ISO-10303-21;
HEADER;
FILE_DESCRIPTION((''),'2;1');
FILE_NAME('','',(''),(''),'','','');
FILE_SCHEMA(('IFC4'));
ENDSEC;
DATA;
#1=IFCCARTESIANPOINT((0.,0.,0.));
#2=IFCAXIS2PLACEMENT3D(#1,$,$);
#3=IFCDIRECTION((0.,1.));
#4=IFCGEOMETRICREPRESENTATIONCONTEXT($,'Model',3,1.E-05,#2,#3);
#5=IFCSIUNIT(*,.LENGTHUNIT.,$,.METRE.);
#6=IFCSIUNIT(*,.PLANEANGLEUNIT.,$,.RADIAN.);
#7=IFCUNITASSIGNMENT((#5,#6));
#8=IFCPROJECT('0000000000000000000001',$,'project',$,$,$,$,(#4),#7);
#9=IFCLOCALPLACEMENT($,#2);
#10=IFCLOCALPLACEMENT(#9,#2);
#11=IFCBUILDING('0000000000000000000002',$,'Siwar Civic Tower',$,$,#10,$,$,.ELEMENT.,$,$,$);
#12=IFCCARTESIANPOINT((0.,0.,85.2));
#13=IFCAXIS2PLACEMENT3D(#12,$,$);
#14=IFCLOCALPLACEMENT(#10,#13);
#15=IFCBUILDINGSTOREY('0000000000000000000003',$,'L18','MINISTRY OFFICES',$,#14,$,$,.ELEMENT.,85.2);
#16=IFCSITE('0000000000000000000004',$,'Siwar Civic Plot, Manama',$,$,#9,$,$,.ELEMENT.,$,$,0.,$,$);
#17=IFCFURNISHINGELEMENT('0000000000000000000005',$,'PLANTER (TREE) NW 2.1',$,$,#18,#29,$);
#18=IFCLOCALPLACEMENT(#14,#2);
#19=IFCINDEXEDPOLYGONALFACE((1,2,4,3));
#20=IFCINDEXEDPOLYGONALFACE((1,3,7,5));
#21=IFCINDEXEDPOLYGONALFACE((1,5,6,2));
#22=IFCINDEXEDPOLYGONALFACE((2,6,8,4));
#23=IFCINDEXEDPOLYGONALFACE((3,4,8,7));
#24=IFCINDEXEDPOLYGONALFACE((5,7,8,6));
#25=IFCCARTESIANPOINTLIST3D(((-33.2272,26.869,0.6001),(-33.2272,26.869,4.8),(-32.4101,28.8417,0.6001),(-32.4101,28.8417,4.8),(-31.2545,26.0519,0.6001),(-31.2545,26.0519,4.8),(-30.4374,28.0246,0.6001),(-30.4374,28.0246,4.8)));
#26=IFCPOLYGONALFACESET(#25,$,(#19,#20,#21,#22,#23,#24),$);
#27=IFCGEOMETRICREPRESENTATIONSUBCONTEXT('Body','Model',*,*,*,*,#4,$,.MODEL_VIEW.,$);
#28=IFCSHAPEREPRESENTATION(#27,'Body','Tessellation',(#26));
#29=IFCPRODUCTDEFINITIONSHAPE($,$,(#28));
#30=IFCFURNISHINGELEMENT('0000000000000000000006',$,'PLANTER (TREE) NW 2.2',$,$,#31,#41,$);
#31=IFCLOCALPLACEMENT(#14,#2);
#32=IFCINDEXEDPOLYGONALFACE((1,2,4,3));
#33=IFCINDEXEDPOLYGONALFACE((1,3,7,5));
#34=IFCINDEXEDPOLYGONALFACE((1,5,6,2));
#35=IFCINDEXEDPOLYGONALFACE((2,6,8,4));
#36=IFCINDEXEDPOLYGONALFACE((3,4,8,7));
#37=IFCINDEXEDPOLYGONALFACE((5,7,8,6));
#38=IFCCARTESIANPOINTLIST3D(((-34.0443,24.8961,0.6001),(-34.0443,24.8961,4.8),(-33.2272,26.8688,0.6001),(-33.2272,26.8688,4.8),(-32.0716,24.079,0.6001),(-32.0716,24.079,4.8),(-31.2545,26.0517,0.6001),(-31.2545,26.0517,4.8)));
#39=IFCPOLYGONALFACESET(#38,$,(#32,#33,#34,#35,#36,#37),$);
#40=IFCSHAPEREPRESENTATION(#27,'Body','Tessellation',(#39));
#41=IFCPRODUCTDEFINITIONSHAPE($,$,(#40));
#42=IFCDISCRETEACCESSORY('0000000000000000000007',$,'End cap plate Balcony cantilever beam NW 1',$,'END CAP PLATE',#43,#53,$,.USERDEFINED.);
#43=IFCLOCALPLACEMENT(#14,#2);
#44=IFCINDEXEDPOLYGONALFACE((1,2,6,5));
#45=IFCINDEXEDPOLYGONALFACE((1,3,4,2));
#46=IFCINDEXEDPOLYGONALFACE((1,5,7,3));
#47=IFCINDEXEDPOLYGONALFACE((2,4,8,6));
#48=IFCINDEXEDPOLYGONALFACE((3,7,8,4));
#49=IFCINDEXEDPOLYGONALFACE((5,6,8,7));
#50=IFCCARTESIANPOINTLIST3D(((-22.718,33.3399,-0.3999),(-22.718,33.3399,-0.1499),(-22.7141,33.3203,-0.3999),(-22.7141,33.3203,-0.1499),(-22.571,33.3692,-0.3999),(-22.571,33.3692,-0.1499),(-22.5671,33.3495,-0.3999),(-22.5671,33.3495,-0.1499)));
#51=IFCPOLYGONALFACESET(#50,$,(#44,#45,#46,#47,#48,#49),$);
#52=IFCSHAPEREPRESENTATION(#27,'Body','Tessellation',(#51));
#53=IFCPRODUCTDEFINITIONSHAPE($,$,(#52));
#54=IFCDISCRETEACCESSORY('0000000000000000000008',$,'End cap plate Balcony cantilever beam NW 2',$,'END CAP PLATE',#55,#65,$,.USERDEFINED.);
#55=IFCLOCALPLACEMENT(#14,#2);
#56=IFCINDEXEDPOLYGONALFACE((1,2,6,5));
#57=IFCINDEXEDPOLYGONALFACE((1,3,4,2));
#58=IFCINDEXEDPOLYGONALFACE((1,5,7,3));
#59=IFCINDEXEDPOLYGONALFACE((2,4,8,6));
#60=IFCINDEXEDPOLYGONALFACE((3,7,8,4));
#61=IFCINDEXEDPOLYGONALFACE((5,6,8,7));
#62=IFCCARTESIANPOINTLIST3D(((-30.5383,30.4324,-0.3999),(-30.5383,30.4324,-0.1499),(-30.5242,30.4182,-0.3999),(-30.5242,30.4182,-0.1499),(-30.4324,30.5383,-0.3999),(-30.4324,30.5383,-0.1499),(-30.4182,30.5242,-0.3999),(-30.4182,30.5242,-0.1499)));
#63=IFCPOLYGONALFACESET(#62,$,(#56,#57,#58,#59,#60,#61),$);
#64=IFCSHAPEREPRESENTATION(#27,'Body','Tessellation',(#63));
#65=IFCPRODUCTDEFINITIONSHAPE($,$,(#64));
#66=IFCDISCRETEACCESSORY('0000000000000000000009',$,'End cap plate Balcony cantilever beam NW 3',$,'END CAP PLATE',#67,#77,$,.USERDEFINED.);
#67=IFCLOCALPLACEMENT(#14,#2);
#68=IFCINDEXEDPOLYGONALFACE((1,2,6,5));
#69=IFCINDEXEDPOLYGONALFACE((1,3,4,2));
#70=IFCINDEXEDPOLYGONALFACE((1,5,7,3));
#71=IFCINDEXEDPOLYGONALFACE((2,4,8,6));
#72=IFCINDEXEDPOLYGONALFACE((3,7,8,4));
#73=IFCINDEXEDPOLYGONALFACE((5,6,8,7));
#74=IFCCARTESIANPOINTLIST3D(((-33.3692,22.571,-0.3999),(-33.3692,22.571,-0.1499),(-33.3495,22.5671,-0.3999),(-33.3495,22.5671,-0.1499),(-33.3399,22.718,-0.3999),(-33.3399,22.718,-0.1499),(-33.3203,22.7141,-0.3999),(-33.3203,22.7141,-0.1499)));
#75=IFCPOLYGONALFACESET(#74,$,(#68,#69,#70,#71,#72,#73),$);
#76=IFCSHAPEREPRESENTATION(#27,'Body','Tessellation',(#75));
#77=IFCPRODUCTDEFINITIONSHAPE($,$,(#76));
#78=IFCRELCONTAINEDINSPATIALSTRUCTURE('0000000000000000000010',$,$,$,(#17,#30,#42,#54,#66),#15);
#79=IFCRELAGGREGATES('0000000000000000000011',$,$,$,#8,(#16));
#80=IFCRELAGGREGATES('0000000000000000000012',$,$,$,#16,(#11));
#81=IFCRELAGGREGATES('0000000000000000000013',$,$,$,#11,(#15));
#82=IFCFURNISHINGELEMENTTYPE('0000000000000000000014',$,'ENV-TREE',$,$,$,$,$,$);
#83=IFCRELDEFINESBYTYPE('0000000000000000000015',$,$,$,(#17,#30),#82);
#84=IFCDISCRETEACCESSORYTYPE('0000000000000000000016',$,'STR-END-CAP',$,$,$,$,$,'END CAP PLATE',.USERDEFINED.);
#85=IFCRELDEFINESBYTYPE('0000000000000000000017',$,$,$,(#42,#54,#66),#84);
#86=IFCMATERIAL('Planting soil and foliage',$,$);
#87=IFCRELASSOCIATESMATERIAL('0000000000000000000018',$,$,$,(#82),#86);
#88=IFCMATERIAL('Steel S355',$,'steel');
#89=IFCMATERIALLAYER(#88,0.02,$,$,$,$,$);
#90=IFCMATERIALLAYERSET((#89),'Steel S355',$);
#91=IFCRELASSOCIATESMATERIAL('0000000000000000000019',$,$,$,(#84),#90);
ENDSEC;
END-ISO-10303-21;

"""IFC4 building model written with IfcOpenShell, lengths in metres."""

from ifc_helpers import new_model, si_unit, direction, frame, origin, origin_2d, place, context, subcontext, project, spatial, rectangle, extrude, material, layer, layer_set, type_object, element, save


model = new_model("IFC4")

# Units and contexts
model_context = context("Model", 3, precision=1e-05, world=origin(), true_north=direction((0.0, 1.0)))
body_context = subcontext(model_context, "Body", "Model", "MODEL_VIEW")
ifc_project = project(units=[si_unit("LENGTHUNIT", "METRE"), si_unit("PLANEANGLEUNIT", "RADIAN")], contexts=[model_context])

# Site, building, storey
site_placement = place(None, origin())
site = spatial("IfcSite", under=ifc_project, at=site_placement, Name="Siwar Civic Plot, Manama", CompositionType="ELEMENT", RefElevation=0.0)
building_placement = place(site_placement, origin())
building = spatial("IfcBuilding", under=site, at=building_placement, Name="Siwar Civic Tower", CompositionType="ELEMENT")
storey_placement = place(building_placement, frame((0.0, 0.0, 85.2)))
storey = spatial("IfcBuildingStorey", under=building, at=storey_placement, Name="L18", Description="MINISTRY OFFICES", CompositionType="ELEMENT", Elevation=85.2)

# Furnishing elements
ifc_material_1 = material(Name="Planting soil and foliage")
furnishing_element_type_1 = type_object("IfcFurnishingElementType", Name="ENV-TREE", material=ifc_material_1)
for number, where, z_axis, x_axis, name in (
    (1, (-31.8323, 27.4468, 0.6001), (0.0, 0.0, 1.0), (-0.382683, -0.92388, 0.0), "PLANTER (TREE) NW 2.1"),
    (2, (-32.6494, 25.4739, 0.6001), (0.0, 0.0, 1.0), (-0.382683, -0.92388, 0.0), "PLANTER (TREE) NW 2.2"),
):
    element("IfcFurnishingElement", number, at=place(storey_placement, frame(where, z_axis=z_axis, x_axis=x_axis)), inside=storey, type_object=furnishing_element_type_1, Name=name, context=body_context, shape_type="SweptSolid", body=[
        extrude(rectangle(XDim=2.1353, YDim=2.1353, at=origin_2d()), origin(), (0.0, 0.0, 1.0), 4.2),
    ])

# Discrete accessories
ifc_material_2 = material(Name="Steel S355", Category="steel")
ifc_layer_1 = layer(ifc_material_2, 0.02)
ifc_layer_set_1 = layer_set([ifc_layer_1], Name="Steel S355")
discrete_accessory_type = type_object("IfcDiscreteAccessoryType", Name="STR-END-CAP", ElementType="END CAP PLATE", PredefinedType="USERDEFINED", material=ifc_layer_set_1)
for number, where, z_axis, x_axis, name in (
    (3, (-22.6426, 33.3447, -0.3999), (0.0, 0.0, 1.0), (-0.19509, 0.980785, 0.0), "End cap plate Balcony cantilever beam NW 1"),
    (4, (-30.4783, 30.4783, -0.3999), (0.0, 0.0, 1.0), (-0.707107, 0.707107, 0.0), "End cap plate Balcony cantilever beam NW 2"),
    (5, (-33.3447, 22.6426, -0.3999), (0.0, 0.0, 1.0), (-0.980785, 0.19509, 0.0), "End cap plate Balcony cantilever beam NW 3"),
):
    element("IfcDiscreteAccessory", number, at=place(storey_placement, frame(where, z_axis=z_axis, x_axis=x_axis)), inside=storey, type_object=discrete_accessory_type, Name=name, ObjectType="END CAP PLATE", PredefinedType="USERDEFINED", context=body_context, shape_type="SweptSolid", body=[
        extrude(rectangle(XDim=0.02, YDim=0.1499, at=origin_2d()), origin(), (0.0, 0.0, 1.0), 0.25),
    ])

save(model, "model.ifc")
